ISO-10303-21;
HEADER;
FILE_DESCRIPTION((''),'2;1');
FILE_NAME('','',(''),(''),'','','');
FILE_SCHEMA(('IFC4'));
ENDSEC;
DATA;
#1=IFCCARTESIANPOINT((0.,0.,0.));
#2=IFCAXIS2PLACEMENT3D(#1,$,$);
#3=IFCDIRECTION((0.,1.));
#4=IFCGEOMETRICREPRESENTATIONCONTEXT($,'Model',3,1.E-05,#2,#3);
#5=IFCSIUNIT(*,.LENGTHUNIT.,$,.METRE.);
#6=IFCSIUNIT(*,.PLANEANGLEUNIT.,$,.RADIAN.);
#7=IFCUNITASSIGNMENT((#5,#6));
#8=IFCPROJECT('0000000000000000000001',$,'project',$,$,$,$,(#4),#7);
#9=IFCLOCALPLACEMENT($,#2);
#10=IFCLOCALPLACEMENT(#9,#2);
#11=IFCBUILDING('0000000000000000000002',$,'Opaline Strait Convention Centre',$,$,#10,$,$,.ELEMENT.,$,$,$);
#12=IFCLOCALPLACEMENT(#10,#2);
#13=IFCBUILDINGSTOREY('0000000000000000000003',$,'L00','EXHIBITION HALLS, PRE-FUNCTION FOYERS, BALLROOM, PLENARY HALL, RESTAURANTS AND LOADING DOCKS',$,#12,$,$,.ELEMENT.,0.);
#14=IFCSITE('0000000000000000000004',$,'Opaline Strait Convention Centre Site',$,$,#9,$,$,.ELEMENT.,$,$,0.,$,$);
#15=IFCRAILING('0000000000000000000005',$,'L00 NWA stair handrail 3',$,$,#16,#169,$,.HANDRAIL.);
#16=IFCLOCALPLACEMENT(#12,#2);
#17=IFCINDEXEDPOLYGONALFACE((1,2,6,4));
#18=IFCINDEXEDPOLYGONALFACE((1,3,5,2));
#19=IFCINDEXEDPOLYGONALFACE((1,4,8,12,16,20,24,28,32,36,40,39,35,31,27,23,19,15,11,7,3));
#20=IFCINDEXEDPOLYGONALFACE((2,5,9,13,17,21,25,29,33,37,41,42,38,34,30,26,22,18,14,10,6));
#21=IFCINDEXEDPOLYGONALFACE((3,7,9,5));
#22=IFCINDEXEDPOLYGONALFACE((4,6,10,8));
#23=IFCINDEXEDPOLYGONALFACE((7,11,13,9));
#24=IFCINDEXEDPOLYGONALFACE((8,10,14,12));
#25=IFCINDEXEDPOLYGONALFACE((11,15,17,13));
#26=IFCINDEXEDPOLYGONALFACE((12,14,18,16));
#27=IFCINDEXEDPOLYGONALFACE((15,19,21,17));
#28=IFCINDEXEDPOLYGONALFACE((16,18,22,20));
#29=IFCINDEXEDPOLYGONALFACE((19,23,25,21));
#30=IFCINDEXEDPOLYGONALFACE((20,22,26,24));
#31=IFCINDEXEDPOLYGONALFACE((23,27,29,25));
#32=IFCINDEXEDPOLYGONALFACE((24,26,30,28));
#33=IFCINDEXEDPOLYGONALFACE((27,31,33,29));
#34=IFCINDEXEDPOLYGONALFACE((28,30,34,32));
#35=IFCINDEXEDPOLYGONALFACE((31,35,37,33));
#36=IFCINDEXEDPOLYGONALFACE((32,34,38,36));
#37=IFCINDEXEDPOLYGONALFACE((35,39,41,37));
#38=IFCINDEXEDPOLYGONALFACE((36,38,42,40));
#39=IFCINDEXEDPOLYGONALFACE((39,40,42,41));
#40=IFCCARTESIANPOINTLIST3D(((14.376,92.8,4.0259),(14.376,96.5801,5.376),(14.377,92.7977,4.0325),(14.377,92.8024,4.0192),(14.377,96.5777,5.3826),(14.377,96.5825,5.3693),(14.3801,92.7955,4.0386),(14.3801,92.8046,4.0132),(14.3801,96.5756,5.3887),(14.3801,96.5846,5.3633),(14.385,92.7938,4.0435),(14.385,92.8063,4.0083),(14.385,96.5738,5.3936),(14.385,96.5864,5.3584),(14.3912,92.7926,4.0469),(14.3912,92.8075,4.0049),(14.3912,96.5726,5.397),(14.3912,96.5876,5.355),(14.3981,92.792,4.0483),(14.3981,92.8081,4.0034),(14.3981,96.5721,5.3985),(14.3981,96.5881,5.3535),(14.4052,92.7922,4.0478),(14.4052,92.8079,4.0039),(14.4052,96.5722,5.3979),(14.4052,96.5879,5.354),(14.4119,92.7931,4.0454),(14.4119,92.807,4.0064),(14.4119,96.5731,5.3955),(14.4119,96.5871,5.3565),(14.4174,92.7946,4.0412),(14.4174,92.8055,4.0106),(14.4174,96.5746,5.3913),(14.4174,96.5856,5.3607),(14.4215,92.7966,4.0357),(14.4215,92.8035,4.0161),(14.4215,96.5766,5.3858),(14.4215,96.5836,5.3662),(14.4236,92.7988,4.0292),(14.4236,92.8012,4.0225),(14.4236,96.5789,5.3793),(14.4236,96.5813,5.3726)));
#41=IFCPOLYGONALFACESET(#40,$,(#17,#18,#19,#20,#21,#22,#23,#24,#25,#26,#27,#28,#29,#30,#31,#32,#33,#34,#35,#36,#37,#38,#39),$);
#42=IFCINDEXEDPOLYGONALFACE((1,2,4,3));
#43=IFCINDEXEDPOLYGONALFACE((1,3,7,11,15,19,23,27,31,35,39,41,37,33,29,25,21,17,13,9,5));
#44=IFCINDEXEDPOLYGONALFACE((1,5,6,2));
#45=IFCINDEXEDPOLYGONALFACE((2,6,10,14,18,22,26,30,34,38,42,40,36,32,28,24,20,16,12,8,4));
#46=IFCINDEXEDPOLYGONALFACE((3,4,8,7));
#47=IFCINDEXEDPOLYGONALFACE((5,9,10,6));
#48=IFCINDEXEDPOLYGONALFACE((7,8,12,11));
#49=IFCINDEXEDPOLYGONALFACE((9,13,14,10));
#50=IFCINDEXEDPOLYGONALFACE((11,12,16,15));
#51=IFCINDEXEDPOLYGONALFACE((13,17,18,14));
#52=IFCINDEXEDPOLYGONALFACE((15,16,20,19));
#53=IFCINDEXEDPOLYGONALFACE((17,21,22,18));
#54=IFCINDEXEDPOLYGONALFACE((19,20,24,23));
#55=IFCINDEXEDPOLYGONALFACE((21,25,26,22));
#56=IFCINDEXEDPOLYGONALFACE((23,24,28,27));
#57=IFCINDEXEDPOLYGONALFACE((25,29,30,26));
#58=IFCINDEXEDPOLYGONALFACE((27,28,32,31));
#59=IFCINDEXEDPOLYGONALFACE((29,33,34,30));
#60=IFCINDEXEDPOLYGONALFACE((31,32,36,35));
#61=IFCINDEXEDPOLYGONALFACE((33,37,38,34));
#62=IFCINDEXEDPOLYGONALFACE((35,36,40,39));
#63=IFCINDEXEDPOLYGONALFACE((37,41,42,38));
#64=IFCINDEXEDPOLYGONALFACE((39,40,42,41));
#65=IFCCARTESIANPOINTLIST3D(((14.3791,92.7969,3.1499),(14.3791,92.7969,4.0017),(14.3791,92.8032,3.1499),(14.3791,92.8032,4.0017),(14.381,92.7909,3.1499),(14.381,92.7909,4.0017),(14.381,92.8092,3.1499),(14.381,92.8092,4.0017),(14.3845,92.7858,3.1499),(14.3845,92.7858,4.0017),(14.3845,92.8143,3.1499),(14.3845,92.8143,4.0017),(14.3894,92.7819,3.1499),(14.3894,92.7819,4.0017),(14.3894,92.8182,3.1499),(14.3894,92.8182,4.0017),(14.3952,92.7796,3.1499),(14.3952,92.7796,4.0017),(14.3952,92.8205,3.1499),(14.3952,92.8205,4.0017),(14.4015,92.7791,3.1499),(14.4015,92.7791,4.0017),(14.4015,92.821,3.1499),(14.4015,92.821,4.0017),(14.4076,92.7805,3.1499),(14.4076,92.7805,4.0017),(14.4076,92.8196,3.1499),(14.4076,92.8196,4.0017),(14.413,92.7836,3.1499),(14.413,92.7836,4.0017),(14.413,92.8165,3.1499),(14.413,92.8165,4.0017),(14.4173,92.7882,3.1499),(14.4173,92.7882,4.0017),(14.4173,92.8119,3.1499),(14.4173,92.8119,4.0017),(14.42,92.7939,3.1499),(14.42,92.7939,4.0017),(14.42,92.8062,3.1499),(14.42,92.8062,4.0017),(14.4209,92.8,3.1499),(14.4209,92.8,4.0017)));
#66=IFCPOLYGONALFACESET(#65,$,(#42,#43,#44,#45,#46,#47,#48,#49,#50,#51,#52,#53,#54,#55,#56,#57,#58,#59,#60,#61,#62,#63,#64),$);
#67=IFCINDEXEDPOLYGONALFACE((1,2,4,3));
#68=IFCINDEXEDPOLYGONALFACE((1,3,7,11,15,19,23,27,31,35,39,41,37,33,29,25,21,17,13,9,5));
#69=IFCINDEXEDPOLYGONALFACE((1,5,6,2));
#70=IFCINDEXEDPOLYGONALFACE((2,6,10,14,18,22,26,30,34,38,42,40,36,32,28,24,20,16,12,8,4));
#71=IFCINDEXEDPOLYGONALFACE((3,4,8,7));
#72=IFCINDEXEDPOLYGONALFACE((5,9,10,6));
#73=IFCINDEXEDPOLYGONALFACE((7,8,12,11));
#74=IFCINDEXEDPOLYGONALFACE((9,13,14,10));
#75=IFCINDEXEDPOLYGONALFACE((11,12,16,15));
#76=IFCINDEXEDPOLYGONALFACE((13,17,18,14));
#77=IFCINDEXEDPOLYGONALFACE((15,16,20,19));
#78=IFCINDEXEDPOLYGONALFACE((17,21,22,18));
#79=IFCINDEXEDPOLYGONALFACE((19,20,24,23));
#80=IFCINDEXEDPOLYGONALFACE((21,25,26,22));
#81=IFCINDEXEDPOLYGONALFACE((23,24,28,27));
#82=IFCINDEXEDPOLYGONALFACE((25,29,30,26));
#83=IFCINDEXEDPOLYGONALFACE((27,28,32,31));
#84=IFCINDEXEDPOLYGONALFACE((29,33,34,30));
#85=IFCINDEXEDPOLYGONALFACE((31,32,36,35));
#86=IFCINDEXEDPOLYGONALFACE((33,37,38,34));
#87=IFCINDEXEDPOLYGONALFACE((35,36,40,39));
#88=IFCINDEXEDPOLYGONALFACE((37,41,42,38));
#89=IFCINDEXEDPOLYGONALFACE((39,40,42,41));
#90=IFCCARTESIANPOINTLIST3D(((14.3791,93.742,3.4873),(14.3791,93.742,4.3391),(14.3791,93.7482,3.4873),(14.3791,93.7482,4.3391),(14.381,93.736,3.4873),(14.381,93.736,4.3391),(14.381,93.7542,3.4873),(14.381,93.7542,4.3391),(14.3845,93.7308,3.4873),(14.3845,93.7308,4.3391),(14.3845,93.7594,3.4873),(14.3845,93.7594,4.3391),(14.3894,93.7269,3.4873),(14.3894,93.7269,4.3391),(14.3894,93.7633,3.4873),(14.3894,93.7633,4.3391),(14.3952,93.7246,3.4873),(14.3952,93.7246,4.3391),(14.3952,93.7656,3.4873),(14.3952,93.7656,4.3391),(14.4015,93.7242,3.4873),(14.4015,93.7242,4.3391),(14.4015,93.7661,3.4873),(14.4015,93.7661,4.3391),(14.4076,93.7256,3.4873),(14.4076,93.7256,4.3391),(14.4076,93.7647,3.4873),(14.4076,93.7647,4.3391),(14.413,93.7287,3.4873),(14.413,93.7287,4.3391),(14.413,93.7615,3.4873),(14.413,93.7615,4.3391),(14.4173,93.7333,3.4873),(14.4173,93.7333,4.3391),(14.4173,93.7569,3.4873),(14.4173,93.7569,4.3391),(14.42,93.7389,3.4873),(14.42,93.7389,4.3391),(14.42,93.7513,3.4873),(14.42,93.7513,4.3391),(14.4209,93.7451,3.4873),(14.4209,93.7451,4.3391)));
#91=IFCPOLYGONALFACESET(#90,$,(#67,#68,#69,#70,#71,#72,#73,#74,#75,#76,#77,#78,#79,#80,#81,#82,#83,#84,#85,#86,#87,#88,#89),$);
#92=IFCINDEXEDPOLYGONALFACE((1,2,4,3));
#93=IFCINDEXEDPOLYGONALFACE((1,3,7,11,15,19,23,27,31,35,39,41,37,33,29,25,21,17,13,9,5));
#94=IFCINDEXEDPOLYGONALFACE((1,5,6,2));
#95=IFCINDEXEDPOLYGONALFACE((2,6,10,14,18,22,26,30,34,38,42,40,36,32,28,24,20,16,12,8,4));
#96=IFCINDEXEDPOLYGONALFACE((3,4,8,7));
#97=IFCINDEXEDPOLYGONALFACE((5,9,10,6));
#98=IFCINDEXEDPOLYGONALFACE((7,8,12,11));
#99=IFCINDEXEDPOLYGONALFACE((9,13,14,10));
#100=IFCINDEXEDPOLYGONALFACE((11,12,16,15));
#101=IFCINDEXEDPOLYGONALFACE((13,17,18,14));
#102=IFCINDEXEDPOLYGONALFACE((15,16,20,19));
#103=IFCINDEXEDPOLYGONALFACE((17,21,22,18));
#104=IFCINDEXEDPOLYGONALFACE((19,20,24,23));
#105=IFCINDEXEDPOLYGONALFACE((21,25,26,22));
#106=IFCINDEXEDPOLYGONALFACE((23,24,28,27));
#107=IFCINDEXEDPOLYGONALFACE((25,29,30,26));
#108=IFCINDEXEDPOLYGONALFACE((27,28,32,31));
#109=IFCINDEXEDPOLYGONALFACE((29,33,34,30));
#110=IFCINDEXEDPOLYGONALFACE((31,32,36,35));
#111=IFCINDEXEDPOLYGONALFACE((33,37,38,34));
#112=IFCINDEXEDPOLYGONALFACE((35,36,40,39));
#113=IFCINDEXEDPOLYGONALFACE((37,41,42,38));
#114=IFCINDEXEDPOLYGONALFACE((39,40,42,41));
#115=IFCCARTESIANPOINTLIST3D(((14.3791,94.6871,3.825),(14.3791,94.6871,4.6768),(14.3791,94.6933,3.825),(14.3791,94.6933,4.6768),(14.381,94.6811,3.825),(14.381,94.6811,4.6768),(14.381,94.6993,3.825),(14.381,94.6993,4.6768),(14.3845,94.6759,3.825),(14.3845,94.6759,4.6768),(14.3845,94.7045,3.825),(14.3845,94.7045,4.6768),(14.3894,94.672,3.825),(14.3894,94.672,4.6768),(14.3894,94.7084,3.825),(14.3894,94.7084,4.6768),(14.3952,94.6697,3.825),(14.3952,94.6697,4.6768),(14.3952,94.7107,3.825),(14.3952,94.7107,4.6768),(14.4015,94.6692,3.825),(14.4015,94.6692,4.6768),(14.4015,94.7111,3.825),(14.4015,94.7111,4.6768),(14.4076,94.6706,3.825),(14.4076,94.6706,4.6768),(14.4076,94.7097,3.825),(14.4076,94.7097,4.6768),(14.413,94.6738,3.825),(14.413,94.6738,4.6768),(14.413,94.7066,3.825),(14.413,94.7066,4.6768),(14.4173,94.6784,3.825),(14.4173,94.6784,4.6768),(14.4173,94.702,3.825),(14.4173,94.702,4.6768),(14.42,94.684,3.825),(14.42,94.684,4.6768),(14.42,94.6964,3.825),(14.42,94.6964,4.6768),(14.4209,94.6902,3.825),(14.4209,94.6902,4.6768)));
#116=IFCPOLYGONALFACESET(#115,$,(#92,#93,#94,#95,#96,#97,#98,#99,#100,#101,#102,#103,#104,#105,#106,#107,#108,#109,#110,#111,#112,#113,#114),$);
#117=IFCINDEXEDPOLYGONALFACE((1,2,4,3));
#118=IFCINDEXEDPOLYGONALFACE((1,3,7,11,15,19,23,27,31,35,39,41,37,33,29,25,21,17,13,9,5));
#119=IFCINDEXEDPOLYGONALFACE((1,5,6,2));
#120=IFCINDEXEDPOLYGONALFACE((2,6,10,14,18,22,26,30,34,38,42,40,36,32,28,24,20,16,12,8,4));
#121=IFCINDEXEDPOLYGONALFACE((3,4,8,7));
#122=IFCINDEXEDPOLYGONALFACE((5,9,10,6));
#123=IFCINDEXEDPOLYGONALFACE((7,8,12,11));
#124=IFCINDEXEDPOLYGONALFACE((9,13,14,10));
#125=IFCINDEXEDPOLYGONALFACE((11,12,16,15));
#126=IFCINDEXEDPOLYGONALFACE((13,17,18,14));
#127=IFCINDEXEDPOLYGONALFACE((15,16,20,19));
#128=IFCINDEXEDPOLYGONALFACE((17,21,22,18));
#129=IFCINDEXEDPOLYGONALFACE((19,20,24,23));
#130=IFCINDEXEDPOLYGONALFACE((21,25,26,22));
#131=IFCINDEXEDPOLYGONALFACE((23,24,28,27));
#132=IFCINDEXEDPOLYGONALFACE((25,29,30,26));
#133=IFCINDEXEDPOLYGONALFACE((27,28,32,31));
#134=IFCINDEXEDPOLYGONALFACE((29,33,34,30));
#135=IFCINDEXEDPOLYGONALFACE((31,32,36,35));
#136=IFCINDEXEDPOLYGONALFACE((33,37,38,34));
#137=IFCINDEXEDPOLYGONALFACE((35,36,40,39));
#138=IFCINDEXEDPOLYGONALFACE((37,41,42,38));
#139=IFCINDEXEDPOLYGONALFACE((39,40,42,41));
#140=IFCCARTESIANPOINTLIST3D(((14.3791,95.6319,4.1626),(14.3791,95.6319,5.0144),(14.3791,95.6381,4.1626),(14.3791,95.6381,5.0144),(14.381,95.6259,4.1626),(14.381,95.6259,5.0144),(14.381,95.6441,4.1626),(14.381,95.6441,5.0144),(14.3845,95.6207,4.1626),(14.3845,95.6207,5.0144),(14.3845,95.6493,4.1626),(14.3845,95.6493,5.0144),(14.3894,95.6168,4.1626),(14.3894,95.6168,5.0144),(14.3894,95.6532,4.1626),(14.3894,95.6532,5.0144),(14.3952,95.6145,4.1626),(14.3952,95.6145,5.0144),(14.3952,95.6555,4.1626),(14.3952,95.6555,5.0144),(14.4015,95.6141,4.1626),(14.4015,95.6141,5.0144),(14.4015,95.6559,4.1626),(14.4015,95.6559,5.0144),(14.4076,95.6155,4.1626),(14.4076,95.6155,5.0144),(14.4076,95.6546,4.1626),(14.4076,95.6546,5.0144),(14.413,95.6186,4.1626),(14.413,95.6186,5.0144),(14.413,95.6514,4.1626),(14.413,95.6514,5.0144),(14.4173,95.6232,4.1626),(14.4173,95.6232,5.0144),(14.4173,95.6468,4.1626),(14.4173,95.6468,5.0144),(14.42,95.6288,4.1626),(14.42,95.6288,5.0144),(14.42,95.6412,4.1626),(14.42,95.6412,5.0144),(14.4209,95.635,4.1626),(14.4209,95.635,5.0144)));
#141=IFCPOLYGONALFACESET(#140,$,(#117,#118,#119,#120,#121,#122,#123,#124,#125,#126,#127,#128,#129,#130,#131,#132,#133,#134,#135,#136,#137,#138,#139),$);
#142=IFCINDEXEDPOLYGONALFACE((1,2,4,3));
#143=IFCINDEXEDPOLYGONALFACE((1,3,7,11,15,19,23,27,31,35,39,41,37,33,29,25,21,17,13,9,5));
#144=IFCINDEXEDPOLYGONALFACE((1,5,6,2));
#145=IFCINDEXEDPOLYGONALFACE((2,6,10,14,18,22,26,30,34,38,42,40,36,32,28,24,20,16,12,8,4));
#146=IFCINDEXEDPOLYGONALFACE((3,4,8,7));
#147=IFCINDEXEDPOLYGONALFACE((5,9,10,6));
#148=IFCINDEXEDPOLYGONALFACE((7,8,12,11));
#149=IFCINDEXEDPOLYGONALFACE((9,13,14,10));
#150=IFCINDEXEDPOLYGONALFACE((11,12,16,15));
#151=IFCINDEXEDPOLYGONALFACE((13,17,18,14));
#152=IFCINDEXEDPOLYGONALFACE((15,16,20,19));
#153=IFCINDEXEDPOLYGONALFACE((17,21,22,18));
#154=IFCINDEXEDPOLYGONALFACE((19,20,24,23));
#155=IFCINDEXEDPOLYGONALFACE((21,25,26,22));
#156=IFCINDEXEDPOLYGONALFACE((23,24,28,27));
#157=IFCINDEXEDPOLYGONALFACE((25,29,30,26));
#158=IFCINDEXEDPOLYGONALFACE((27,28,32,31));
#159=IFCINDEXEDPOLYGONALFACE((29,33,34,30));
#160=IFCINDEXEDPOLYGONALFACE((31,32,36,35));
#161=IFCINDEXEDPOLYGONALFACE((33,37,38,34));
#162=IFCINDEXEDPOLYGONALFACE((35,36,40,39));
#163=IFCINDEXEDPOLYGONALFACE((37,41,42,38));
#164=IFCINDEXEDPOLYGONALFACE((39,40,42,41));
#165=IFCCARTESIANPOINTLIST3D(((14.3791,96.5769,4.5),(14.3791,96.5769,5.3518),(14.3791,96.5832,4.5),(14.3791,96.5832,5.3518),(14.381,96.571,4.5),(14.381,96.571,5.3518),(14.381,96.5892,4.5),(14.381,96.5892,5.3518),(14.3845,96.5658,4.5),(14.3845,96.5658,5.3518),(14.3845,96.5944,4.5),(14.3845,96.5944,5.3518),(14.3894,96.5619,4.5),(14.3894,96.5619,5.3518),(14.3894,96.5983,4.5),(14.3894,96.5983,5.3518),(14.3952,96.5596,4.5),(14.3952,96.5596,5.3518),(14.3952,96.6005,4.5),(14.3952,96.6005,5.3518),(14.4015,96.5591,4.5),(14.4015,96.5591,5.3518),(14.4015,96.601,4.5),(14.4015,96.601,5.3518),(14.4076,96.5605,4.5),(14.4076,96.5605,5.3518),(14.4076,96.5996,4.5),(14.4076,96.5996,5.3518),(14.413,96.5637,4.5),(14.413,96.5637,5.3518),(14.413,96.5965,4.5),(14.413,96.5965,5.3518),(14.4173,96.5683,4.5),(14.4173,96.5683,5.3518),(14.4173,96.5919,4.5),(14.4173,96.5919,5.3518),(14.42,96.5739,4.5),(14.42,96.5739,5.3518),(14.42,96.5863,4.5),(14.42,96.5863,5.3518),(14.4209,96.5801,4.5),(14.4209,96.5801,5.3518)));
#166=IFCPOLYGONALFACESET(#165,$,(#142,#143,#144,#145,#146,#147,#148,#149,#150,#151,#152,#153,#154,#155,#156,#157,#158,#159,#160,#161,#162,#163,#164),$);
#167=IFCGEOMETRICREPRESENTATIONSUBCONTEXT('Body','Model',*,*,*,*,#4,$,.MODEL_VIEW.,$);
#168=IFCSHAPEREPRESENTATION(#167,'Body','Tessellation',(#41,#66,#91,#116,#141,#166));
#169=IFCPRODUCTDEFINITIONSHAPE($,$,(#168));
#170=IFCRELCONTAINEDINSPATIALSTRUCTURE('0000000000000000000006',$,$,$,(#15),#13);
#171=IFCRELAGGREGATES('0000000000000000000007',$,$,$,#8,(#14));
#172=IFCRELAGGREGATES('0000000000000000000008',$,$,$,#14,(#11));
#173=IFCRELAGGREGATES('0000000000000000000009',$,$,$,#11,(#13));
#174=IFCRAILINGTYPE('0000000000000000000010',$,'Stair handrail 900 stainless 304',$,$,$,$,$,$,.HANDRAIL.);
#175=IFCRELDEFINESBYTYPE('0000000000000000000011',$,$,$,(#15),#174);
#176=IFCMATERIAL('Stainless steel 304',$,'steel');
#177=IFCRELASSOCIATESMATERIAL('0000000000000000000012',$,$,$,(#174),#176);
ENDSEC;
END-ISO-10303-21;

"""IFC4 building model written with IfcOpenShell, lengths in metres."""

from ifc_helpers import new_model, si_unit, direction, frame, origin, origin_2d, place, context, subcontext, project, spatial, circle, extrude, material, type_object, element, save


model = new_model("IFC4")

# Units and contexts
model_context = context("Model", 3, precision=1e-05, world=origin(), true_north=direction((0.0, 1.0)))
body_context = subcontext(model_context, "Body", "Model", "MODEL_VIEW")
ifc_project = project(units=[si_unit("LENGTHUNIT", "METRE"), si_unit("PLANEANGLEUNIT", "RADIAN")], contexts=[model_context])

# Site, building, storey
site_placement = place(None, origin())
site = spatial("IfcSite", under=ifc_project, at=site_placement, Name="Opaline Strait Convention Centre Site", CompositionType="ELEMENT", RefElevation=0.0)
building_placement = place(site_placement, origin())
building = spatial("IfcBuilding", under=site, at=building_placement, Name="Opaline Strait Convention Centre", CompositionType="ELEMENT")
storey_placement = place(building_placement, origin())
storey = spatial("IfcBuildingStorey", under=building, at=storey_placement, Name="L00", Description="EXHIBITION HALLS, PRE-FUNCTION FOYERS, BALLROOM, PLENARY HALL, RESTAURANTS AND LOADING DOCKS", CompositionType="ELEMENT", Elevation=0.0)

# Railing
ifc_material_1 = material(Name="Stainless steel 304", Category="steel")
railing_type_1 = type_object("IfcRailingType", Name="Stair handrail 900 stainless 304", PredefinedType="HANDRAIL", material=ifc_material_1)
railing_1_placement = place(storey_placement, frame((14.3999, 92.8, 3.1499)))
element("IfcRailing", 1, at=railing_1_placement, inside=storey, type_object=railing_type_1, Name="L00 NWA stair handrail 3", PredefinedType="HANDRAIL", context=body_context, shape_type="SweptSolid", body=[
    extrude(circle(Radius=0.0239, at=origin_2d()), frame((0.0, 0.0, 0.876), z_axis=(0.0, 0.941735, 0.336356), x_axis=(-1.0, 0.0, 0.0)), (0.0, 0.0, 1.0), 4.0139),
    extrude(circle(Radius=0.021, at=origin_2d()), origin(), (0.0, 0.0, 1.0), 0.8518),
    extrude(circle(Radius=0.021, at=origin_2d()), frame((0.0, 0.9451, 0.3374)), (0.0, 0.0, 1.0), 0.8518),
    extrude(circle(Radius=0.021, at=origin_2d()), frame((0.0, 1.8901, 0.675)), (0.0, 0.0, 1.0), 0.8518),
    extrude(circle(Radius=0.021, at=origin_2d()), frame((0.0, 2.835, 1.0127)), (0.0, 0.0, 1.0), 0.8518),
    extrude(circle(Radius=0.021, at=origin_2d()), frame((0.0, 3.78, 1.3501)), (0.0, 0.0, 1.0), 0.8518),
])

save(model, "model.ifc")
